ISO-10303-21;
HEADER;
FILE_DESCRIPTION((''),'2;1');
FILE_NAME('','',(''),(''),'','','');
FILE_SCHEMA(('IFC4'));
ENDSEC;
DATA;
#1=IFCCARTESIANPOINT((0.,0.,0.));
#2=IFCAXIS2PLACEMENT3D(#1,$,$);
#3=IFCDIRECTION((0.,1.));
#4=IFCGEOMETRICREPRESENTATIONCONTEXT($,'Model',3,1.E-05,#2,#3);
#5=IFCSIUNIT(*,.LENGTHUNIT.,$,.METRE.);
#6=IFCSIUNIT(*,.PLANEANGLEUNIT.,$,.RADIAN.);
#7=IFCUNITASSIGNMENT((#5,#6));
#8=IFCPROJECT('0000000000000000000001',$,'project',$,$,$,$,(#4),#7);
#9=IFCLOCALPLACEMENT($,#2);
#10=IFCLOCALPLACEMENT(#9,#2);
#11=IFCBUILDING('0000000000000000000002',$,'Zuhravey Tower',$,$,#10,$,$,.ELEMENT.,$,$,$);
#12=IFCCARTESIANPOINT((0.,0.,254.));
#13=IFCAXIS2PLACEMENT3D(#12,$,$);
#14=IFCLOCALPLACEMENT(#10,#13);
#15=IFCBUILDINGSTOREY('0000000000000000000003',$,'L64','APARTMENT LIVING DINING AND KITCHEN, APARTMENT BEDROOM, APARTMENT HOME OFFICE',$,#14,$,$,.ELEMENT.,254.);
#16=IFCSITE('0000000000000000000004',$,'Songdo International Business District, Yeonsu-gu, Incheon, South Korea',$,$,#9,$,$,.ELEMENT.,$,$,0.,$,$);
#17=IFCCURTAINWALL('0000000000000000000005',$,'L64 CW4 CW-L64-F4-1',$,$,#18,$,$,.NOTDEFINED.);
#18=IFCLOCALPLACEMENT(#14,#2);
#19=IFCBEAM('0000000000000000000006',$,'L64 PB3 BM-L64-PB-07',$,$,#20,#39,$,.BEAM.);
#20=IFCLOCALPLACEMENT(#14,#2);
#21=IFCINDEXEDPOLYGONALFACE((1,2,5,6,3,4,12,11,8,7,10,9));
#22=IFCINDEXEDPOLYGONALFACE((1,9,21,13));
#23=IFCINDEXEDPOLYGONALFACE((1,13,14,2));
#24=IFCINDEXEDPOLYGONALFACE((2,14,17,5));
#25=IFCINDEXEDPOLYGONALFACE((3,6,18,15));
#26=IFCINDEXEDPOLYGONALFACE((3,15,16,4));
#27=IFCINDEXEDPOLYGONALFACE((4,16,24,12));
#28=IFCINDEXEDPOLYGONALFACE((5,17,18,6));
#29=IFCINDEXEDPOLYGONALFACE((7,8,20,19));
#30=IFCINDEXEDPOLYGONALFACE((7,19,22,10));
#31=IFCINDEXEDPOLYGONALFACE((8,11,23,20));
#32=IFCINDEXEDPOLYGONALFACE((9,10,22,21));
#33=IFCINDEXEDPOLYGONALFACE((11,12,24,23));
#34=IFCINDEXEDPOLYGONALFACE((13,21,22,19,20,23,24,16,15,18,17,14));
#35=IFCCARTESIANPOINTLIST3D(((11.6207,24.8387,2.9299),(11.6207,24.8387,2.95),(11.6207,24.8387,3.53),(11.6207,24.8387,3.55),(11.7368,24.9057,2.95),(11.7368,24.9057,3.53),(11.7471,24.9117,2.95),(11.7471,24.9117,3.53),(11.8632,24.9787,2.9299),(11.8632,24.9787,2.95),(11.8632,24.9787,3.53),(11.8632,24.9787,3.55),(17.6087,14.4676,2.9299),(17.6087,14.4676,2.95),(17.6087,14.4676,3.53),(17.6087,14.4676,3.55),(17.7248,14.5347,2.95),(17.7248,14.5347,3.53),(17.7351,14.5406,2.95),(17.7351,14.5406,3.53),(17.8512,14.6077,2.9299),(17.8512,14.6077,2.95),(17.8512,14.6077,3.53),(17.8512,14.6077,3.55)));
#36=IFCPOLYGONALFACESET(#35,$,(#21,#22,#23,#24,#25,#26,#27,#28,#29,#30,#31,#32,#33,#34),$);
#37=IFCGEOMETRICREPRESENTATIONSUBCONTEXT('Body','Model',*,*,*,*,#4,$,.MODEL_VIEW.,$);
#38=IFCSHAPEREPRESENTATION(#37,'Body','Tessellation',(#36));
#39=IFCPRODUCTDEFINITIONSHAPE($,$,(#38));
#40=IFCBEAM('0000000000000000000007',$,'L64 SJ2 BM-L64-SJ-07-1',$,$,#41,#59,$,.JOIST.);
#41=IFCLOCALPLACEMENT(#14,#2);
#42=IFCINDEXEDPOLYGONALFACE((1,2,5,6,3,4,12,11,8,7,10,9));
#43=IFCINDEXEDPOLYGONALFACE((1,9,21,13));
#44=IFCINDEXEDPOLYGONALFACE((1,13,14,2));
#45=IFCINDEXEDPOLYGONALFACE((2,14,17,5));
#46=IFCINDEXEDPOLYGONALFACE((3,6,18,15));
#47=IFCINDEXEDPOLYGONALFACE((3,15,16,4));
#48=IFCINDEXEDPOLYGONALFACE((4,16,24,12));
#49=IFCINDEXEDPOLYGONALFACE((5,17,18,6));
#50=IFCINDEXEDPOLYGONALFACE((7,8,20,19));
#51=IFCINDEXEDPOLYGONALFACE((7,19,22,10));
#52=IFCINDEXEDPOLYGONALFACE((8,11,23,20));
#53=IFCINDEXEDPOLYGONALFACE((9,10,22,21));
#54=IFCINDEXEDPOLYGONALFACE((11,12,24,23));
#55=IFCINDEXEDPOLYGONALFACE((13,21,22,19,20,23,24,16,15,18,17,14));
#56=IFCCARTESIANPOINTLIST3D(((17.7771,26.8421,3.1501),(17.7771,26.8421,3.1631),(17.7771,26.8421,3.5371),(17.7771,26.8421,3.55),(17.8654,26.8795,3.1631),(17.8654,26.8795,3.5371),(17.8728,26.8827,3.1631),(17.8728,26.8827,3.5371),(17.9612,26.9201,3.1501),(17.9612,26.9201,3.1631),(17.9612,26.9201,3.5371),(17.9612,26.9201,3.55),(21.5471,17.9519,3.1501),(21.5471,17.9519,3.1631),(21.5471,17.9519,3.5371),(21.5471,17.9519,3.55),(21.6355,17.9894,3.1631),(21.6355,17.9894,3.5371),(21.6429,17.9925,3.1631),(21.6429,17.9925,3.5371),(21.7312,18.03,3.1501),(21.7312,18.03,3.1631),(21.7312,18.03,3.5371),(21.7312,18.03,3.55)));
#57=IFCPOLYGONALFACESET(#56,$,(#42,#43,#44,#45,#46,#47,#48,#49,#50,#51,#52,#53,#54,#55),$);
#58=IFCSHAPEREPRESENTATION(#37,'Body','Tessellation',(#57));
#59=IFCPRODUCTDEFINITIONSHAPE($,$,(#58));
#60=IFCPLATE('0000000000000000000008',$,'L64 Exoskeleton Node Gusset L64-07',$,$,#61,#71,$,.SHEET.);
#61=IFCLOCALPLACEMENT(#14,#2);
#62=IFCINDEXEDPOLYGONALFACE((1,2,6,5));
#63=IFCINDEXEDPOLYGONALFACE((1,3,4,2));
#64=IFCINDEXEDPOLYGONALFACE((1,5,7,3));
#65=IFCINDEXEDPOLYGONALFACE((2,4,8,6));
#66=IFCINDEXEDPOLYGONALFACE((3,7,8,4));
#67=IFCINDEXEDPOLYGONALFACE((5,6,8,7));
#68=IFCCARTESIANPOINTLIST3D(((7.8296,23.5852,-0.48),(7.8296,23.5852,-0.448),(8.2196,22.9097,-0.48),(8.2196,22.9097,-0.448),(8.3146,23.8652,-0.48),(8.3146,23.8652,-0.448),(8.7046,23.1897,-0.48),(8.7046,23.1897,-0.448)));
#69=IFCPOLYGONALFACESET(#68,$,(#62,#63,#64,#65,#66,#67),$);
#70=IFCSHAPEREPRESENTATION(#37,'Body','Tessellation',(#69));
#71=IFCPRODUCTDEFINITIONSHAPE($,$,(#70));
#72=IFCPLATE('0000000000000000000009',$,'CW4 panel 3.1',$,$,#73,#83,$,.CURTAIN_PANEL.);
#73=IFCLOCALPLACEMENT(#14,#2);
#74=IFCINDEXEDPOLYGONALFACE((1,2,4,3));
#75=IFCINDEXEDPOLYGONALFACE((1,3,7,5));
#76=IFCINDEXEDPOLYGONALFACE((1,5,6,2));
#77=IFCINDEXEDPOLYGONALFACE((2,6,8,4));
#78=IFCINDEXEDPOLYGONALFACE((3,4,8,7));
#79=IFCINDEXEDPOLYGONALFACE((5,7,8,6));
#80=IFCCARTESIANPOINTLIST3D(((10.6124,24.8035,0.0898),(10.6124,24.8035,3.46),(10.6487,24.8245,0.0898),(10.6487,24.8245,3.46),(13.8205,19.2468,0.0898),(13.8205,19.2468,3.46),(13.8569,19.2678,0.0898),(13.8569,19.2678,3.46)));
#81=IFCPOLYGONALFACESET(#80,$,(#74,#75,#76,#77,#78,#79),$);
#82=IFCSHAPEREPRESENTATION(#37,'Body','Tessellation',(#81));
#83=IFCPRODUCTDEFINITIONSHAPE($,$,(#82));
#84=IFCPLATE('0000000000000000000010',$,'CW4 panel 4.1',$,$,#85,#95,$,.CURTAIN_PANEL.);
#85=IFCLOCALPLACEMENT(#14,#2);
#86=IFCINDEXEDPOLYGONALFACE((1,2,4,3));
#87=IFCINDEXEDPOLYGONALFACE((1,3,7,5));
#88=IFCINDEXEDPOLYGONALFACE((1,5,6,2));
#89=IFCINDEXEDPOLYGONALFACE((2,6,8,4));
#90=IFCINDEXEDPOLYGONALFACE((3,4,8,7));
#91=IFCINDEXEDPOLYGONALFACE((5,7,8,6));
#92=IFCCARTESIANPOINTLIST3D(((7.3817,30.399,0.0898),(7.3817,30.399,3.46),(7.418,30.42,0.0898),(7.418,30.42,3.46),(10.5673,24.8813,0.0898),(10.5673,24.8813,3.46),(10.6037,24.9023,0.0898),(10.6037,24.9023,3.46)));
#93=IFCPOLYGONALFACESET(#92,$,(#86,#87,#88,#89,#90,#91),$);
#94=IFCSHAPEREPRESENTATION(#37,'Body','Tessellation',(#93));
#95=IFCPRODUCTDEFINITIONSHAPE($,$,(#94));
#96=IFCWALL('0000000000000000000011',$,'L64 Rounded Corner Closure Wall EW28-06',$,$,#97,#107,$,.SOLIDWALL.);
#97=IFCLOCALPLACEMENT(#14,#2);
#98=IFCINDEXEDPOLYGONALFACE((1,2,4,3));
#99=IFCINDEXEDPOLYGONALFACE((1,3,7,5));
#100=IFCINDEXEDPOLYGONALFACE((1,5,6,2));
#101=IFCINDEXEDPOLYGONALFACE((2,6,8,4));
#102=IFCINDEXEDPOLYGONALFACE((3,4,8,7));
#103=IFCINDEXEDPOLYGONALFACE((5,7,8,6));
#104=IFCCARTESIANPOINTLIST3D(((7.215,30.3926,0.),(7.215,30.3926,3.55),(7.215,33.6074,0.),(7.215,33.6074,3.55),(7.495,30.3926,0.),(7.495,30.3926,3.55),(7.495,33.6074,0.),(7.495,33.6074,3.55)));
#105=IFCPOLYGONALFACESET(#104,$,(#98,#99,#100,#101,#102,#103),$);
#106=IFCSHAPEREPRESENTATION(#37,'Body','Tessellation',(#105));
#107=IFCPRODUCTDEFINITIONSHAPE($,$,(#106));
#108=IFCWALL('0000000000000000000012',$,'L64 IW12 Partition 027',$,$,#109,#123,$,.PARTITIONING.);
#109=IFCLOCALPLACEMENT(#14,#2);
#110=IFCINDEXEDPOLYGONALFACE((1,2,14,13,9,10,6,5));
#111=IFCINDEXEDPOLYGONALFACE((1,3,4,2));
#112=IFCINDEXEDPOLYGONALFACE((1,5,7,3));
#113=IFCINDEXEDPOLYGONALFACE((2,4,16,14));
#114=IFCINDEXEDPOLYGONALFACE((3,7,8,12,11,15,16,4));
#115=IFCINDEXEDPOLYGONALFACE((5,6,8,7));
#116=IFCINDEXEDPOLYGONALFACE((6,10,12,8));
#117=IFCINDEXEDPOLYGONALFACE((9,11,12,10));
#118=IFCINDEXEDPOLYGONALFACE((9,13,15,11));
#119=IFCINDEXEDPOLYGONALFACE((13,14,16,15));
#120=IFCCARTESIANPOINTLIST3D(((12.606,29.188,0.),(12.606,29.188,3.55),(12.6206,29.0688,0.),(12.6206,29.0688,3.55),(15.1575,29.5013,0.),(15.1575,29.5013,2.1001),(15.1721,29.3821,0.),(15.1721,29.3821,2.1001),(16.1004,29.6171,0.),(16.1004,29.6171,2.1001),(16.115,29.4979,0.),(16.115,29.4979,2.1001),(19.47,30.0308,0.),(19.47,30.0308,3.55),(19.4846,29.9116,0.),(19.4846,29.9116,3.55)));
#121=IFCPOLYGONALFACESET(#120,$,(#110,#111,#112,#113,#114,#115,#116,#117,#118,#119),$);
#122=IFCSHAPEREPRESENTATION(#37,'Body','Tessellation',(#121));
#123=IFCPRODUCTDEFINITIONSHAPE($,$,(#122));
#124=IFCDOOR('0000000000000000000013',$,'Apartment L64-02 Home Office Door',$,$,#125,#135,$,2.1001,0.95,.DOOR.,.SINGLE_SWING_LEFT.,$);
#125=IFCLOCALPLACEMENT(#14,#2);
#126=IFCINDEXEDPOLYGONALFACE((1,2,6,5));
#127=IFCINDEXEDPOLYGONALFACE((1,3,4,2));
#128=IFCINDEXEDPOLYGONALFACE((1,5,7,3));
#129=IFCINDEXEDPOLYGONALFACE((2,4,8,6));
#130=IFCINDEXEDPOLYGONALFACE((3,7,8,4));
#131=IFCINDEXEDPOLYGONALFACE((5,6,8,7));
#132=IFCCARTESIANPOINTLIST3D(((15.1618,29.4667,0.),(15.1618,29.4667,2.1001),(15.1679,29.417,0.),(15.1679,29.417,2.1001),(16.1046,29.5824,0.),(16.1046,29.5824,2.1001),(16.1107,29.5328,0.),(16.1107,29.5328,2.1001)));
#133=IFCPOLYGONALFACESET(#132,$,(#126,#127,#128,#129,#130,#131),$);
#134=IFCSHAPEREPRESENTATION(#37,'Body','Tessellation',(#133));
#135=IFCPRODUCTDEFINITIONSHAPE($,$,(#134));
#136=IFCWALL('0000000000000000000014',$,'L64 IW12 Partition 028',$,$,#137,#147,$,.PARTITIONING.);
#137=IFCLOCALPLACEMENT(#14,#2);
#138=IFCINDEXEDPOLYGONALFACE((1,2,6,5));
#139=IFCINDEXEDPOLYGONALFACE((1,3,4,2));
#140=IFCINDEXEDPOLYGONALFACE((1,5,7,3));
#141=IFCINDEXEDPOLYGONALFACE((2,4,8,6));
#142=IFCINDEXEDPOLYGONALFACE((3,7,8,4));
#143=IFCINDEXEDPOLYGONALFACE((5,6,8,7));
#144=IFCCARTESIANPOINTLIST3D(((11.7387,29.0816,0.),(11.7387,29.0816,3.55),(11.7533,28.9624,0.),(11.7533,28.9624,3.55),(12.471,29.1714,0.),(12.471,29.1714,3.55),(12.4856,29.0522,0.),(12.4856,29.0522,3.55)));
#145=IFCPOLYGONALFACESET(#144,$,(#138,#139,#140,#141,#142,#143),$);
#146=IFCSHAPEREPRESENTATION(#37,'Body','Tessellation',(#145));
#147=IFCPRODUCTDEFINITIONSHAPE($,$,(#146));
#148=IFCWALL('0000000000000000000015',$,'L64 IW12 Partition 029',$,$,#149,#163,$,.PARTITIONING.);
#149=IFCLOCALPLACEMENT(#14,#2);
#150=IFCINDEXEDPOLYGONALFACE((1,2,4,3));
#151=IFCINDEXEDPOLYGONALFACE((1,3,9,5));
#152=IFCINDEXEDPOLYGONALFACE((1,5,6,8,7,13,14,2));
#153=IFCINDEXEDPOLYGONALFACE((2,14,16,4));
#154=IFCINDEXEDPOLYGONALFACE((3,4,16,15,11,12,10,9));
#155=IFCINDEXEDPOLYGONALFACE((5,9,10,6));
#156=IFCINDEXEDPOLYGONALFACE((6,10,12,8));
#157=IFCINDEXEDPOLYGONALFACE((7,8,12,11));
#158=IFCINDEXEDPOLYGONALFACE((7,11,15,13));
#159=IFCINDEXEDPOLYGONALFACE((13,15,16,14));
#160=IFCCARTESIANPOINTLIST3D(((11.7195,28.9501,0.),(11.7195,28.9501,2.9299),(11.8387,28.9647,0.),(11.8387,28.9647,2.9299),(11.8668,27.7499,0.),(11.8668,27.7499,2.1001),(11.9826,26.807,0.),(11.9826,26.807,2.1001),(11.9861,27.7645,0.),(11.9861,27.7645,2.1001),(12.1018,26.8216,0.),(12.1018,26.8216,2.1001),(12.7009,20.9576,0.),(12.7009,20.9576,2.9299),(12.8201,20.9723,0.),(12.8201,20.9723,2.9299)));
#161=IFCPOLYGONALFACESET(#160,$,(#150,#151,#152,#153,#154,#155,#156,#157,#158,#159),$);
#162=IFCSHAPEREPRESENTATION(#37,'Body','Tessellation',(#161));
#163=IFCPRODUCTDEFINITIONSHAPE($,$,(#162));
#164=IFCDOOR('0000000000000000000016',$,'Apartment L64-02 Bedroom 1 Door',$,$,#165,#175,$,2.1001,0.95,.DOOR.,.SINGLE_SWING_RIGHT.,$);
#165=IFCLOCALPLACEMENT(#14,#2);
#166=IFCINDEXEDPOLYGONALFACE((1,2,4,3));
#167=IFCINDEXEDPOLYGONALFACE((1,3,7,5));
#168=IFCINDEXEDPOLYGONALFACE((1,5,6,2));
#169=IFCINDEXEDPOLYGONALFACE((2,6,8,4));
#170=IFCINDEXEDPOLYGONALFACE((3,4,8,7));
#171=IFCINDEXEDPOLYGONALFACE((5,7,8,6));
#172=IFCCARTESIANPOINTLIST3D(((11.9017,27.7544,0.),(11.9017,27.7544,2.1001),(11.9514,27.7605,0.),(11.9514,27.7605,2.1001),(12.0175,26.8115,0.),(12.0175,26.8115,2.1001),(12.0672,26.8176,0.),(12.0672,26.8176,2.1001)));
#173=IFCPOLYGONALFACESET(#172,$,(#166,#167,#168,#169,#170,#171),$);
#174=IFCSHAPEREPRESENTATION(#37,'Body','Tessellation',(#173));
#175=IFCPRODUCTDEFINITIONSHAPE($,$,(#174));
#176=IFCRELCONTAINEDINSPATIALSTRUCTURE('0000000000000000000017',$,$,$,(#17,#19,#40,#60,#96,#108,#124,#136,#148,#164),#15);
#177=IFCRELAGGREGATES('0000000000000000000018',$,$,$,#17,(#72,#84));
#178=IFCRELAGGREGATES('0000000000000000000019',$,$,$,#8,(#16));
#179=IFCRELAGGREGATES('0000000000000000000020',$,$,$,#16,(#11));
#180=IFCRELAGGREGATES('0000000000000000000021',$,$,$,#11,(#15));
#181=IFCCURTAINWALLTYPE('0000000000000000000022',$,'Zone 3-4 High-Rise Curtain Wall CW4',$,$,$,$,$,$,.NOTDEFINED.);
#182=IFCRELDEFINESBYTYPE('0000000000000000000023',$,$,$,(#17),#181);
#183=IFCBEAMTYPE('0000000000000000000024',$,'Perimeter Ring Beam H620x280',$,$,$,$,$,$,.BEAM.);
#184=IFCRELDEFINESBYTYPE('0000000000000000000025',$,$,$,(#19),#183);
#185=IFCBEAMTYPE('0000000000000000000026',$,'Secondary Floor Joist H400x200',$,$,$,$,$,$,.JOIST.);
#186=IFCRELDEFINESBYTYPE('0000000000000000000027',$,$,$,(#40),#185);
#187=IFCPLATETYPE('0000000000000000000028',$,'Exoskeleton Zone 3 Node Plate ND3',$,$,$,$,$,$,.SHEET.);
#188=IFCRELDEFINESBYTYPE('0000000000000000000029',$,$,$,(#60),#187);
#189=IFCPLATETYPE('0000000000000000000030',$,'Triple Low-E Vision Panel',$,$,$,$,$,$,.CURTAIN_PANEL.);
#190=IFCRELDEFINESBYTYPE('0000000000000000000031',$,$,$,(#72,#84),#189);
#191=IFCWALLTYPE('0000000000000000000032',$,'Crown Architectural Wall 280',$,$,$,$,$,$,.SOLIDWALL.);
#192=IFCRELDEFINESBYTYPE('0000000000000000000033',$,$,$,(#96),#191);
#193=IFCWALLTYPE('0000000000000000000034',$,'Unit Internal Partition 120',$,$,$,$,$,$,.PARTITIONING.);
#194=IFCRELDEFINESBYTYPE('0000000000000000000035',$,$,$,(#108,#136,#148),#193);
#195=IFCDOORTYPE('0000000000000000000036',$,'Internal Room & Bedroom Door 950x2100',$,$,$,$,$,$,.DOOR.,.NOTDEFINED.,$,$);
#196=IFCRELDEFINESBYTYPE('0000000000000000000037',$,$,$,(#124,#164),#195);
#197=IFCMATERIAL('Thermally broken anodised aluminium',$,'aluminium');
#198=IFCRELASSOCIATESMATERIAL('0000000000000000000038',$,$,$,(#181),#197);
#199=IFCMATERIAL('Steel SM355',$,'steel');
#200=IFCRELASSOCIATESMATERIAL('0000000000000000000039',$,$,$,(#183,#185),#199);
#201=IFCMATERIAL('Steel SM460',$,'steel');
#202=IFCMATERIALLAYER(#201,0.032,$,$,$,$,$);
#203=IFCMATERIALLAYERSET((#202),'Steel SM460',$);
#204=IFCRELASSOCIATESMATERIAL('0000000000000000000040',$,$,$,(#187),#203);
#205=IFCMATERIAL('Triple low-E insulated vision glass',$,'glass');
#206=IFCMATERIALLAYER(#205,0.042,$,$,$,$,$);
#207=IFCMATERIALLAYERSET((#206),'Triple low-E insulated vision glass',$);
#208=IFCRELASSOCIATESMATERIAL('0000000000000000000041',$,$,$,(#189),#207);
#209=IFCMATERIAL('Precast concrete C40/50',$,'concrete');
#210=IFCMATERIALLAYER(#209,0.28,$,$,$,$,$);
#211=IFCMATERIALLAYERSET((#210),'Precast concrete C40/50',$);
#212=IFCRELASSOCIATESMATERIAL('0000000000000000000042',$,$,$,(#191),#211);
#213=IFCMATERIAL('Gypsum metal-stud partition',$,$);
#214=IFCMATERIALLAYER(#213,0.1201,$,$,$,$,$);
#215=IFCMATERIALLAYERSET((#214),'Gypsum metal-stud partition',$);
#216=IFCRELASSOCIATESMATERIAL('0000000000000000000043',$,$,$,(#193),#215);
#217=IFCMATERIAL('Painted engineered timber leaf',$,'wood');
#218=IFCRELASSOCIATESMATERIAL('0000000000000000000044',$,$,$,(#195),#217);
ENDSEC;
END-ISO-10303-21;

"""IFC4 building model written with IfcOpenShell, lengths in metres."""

from ifc_helpers import new_model, si_unit, direction, frame, frame_2d, origin, origin_2d, place, context, subcontext, project, spatial, rectangle, i_section, extrude, material, layer, layer_set, material_profile, profile_set, type_object, element, fill, aggregate, save


model = new_model("IFC4")

# Units and contexts
model_context = context("Model", 3, precision=1e-05, world=origin(), true_north=direction((0.0, 1.0)))
body_context = subcontext(model_context, "Body", "Model", "MODEL_VIEW")
ifc_project = project(units=[si_unit("LENGTHUNIT", "METRE"), si_unit("PLANEANGLEUNIT", "RADIAN")], contexts=[model_context])

# Site, building, storey
site_placement = place(None, origin())
site = spatial("IfcSite", under=ifc_project, at=site_placement, Name="Songdo International Business District, Yeonsu-gu, Incheon, South Korea", CompositionType="ELEMENT", RefElevation=0.0)
building_placement = place(site_placement, origin())
building = spatial("IfcBuilding", under=site, at=building_placement, Name="Zuhravey Tower", CompositionType="ELEMENT")
storey_placement = place(building_placement, frame((0.0, 0.0, 254.0)))
storey = spatial("IfcBuildingStorey", under=building, at=storey_placement, Name="L64", Description="APARTMENT LIVING DINING AND KITCHEN, APARTMENT BEDROOM, APARTMENT HOME OFFICE", CompositionType="ELEMENT", Elevation=254.0)

# Curtain wall
ifc_material_1 = material(Name="Thermally broken anodised aluminium", Category="aluminium")
curtain_wall_type = type_object("IfcCurtainWallType", Name="Zone 3-4 High-Rise Curtain Wall CW4", PredefinedType="NOTDEFINED", material=ifc_material_1)
curtain_wall_placement = place(storey_placement, origin())
curtain_wall = element("IfcCurtainWall", 1, at=curtain_wall_placement, inside=storey, type_object=curtain_wall_type, Name="L64 CW4 CW-L64-F4-1", PredefinedType="NOTDEFINED")

# Shared definitions
ifc_material_2 = material(Name="Steel SM355", Category="steel")

# Beams
ifc_material_profile_1 = material_profile(ifc_material_2, i_section(OverallWidth=0.28, OverallDepth=0.6201, WebThickness=0.012, FlangeThickness=0.02, at=origin_2d()), Name="H-620x280x12x20")
ifc_profile_set_1 = profile_set([ifc_material_profile_1], Name="Steel SM355")
beam_type_1 = type_object("IfcBeamType", Name="Perimeter Ring Beam H620x280", PredefinedType="BEAM", material=ifc_profile_set_1)
beam_1_placement = place(storey_placement, frame((11.7419, 24.9087, 3.24), z_axis=(0.500018, -0.866015, 0.0), x_axis=(0.866015, 0.500018, 0.0)))
element("IfcBeam", 2, at=beam_1_placement, inside=storey, type_object=beam_type_1, Name="L64 PB3 BM-L64-PB-07", PredefinedType="BEAM", context=body_context, shape_type="SweptSolid", body=[
    extrude(i_section(OverallWidth=0.28, OverallDepth=0.6201, WebThickness=0.012, FlangeThickness=0.02, at=origin_2d()), origin(), (0.0, 0.0, 1.0), 11.9756),
])
ifc_material_profile_2 = material_profile(ifc_material_2, i_section(OverallWidth=0.2, OverallDepth=0.3999, WebThickness=0.0081, FlangeThickness=0.0129, at=origin_2d()), Name="H-400x200x8x13")
ifc_profile_set_2 = profile_set([ifc_material_profile_2], Name="Steel SM355")
beam_type_2 = type_object("IfcBeamType", Name="Secondary Floor Joist H400x200", PredefinedType="JOIST", material=ifc_profile_set_2)
beam_2_placement = place(storey_placement, frame((17.8691, 26.8811, 3.3501), z_axis=(0.390413, -0.92064, 0.0), x_axis=(0.92064, 0.390413, 0.0)))
element("IfcBeam", 3, at=beam_2_placement, inside=storey, type_object=beam_type_2, Name="L64 SJ2 BM-L64-SJ-07-1", PredefinedType="JOIST", context=body_context, shape_type="SweptSolid", body=[
    extrude(i_section(OverallWidth=0.2, OverallDepth=0.3999, WebThickness=0.0081, FlangeThickness=0.0129, at=origin_2d()), origin(), (0.0, 0.0, 1.0), 9.6565),
])

# Plates
ifc_material_3 = material(Name="Steel SM460", Category="steel")
ifc_layer_1 = layer(ifc_material_3, 0.032)
ifc_layer_set_1 = layer_set([ifc_layer_1], Name="Steel SM460")
plate_type_1 = type_object("IfcPlateType", Name="Exoskeleton Zone 3 Node Plate ND3", PredefinedType="SHEET", material=ifc_layer_set_1)
plate_1_placement = place(storey_placement, frame((8.2671, 23.3875, -0.48), z_axis=(0.0, 0.0, 1.0), x_axis=(0.5, -0.866025, 0.0)))
element("IfcPlate", 4, at=plate_1_placement, inside=storey, type_object=plate_type_1, Name="L64 Exoskeleton Node Gusset L64-07", PredefinedType="SHEET", context=body_context, shape_type="SweptSolid", body=[
    extrude(rectangle(XDim=0.78, YDim=0.5601, at=origin_2d()), origin(), (0.0, 0.0, 1.0), 0.032),
])
ifc_material_4 = material(Name="Triple low-E insulated vision glass", Category="glass")
ifc_layer_2 = layer(ifc_material_4, 0.042)
ifc_layer_set_2 = layer_set([ifc_layer_2], Name="Triple low-E insulated vision glass")
plate_type_2 = type_object("IfcPlateType", Name="Triple Low-E Vision Panel", PredefinedType="CURTAIN_PANEL", material=ifc_layer_set_2)
plate_2_placement = place(storey_placement, frame((12.2346, 22.0356, 0.0898), z_axis=(0.0, 0.0, 1.0), x_axis=(-0.500001, 0.866025, 0.0)))
plate_2 = element("IfcPlate", 5, at=plate_2_placement, type_object=plate_type_2, Name="CW4 panel 3.1", PredefinedType="CURTAIN_PANEL", context=body_context, shape_type="SweptSolid", body=[
    extrude(rectangle(XDim=6.4163, YDim=0.042, at=origin_2d()), origin(), (0.0, 0.0, 1.0), 3.3701),
])
plate_3_placement = place(storey_placement, frame((8.9927, 27.6506, 0.0898), z_axis=(0.0, 0.0, 1.0), x_axis=(-0.500001, 0.866025, 0.0)))
plate_3 = element("IfcPlate", 6, at=plate_3_placement, type_object=plate_type_2, Name="CW4 panel 4.1", PredefinedType="CURTAIN_PANEL", context=body_context, shape_type="SweptSolid", body=[
    extrude(rectangle(XDim=6.3713, YDim=0.042, at=origin_2d()), origin(), (0.0, 0.0, 1.0), 3.3701),
])
aggregate(curtain_wall, [plate_2, plate_3])

# Wall
ifc_material_5 = material(Name="Precast concrete C40/50", Category="concrete")
ifc_layer_3 = layer(ifc_material_5, 0.28)
ifc_layer_set_3 = layer_set([ifc_layer_3], Name="Precast concrete C40/50")
wall_type_1 = type_object("IfcWallType", Name="Crown Architectural Wall 280", PredefinedType="SOLIDWALL", material=ifc_layer_set_3)
wall_1_placement = place(storey_placement, frame((7.355, 30.3926, 0.0), z_axis=(0.0, 0.0, 1.0), x_axis=(0.0, 1.0, 0.0)))
element("IfcWall", 7, at=wall_1_placement, inside=storey, type_object=wall_type_1, Name="L64 Rounded Corner Closure Wall EW28-06", PredefinedType="SOLIDWALL", context=body_context, shape_type="SweptSolid", body=[
    extrude(rectangle(XDim=3.2148, YDim=0.28, at=frame_2d((1.6074, 0.0))), origin(), (0.0, 0.0, 1.0), 3.55),
])

# Wall, opening, door
ifc_material_6 = material(Name="Gypsum metal-stud partition")
ifc_layer_4 = layer(ifc_material_6, 0.1201)
ifc_layer_set_4 = layer_set([ifc_layer_4], Name="Gypsum metal-stud partition")
wall_type_2 = type_object("IfcWallType", Name="Unit Internal Partition 120", PredefinedType="PARTITIONING", material=ifc_layer_set_4)
wall_2_placement = place(storey_placement, frame((19.4773, 29.9712, 0.0), z_axis=(0.0, 0.0, 1.0), x_axis=(-0.992547, -0.121866, 0.0)))
wall_2 = element("IfcWall", 8, at=wall_2_placement, inside=storey, type_object=wall_type_2, Name="L64 IW12 Partition 027", PredefinedType="PARTITIONING", context=body_context, shape_type="SweptSolid", body=[
    extrude(rectangle(XDim=6.9155, YDim=0.1201, at=frame_2d((3.4578, 0.0))), origin(), (0.0, 0.0, 1.0), 3.55),
])
opening_1_placement = place(wall_2_placement, frame((3.3948, 0.0, 0.0)))
opening_1 = element("IfcOpeningElement", 9, at=opening_1_placement, cuts=wall_2, PredefinedType="OPENING", context=body_context, shape_type="SweptSolid", body=[
    extrude(rectangle(XDim=0.95, YDim=2.1001, at=frame_2d((0.4751, 1.05))), frame((0.0, 0.072, 0.0), z_axis=(0.0, -1.0, 0.0), x_axis=(1.0, 0.0, 0.0)), (0.0, 0.0, 1.0), 0.144),
])
ifc_material_7 = material(Name="Painted engineered timber leaf", Category="wood")
door_type = type_object("IfcDoorType", Name="Internal Room & Bedroom Door 950x2100", OperationType="NOTDEFINED", PredefinedType="DOOR", material=ifc_material_7)
door_1_placement = place(opening_1_placement, origin())
door_1 = element("IfcDoor", 10, at=door_1_placement, inside=storey, type_object=door_type, Name="Apartment L64-02 Home Office Door", OperationType="SINGLE_SWING_LEFT", OverallHeight=2.1001, OverallWidth=0.95, PredefinedType="DOOR", context=body_context, shape_type="SweptSolid", body=[
    extrude(rectangle(XDim=0.95, YDim=2.1001, at=frame_2d((0.4751, 1.05))), frame((0.0, 0.0249, 0.0), z_axis=(0.0, -1.0, 0.0), x_axis=(1.0, 0.0, 0.0)), (0.0, 0.0, 1.0), 0.05),
])
fill(opening_1, door_1)

# Wall
wall_3_placement = place(storey_placement, frame((12.4783, 29.1118, 0.0), z_axis=(0.0, 0.0, 1.0), x_axis=(-0.99256, -0.121754, 0.0)))
element("IfcWall", 11, at=wall_3_placement, inside=storey, type_object=wall_type_2, Name="L64 IW12 Partition 028", PredefinedType="PARTITIONING", context=body_context, shape_type="SweptSolid", body=[
    extrude(rectangle(XDim=0.7378, YDim=0.1201, at=frame_2d((0.3689, 0.0))), origin(), (0.0, 0.0, 1.0), 3.55),
])

# Wall, opening, door
wall_4_placement = place(storey_placement, frame((11.7791, 28.9575, 0.0), z_axis=(0.0, 0.0, 1.0), x_axis=(0.121881, -0.992545, 0.0)))
wall_4 = element("IfcWall", 12, at=wall_4_placement, inside=storey, type_object=wall_type_2, Name="L64 IW12 Partition 029", PredefinedType="PARTITIONING", context=body_context, shape_type="SweptSolid", body=[
    extrude(rectangle(XDim=8.0525, YDim=0.1201, at=frame_2d((4.0264, 0.0))), origin(), (0.0, 0.0, 1.0), 2.9299),
])
opening_2_placement = place(wall_4_placement, frame((1.2092, 0.0, 0.0)))
opening_2 = element("IfcOpeningElement", 13, at=opening_2_placement, cuts=wall_4, PredefinedType="OPENING", context=body_context, shape_type="SweptSolid", body=[
    extrude(rectangle(XDim=0.95, YDim=2.1001, at=frame_2d((0.4751, 1.05))), frame((0.0, 0.072, 0.0), z_axis=(0.0, -1.0, 0.0), x_axis=(1.0, 0.0, 0.0)), (0.0, 0.0, 1.0), 0.144),
])
door_2_placement = place(opening_2_placement, frame((0.95, 0.0, 0.0), z_axis=(0.0, 0.0, 1.0), x_axis=(-1.0, 0.0, 0.0)))
door_2 = element("IfcDoor", 14, at=door_2_placement, inside=storey, type_object=door_type, Name="Apartment L64-02 Bedroom 1 Door", OperationType="SINGLE_SWING_RIGHT", OverallHeight=2.1001, OverallWidth=0.95, PredefinedType="DOOR", context=body_context, shape_type="SweptSolid", body=[
    extrude(rectangle(XDim=0.95, YDim=2.1001, at=frame_2d((0.4751, 1.05))), frame((0.0, 0.0249, 0.0), z_axis=(0.0, -1.0, 0.0), x_axis=(1.0, 0.0, 0.0)), (0.0, 0.0, 1.0), 0.05),
])
fill(opening_2, door_2)

save(model, "model.ifc")
